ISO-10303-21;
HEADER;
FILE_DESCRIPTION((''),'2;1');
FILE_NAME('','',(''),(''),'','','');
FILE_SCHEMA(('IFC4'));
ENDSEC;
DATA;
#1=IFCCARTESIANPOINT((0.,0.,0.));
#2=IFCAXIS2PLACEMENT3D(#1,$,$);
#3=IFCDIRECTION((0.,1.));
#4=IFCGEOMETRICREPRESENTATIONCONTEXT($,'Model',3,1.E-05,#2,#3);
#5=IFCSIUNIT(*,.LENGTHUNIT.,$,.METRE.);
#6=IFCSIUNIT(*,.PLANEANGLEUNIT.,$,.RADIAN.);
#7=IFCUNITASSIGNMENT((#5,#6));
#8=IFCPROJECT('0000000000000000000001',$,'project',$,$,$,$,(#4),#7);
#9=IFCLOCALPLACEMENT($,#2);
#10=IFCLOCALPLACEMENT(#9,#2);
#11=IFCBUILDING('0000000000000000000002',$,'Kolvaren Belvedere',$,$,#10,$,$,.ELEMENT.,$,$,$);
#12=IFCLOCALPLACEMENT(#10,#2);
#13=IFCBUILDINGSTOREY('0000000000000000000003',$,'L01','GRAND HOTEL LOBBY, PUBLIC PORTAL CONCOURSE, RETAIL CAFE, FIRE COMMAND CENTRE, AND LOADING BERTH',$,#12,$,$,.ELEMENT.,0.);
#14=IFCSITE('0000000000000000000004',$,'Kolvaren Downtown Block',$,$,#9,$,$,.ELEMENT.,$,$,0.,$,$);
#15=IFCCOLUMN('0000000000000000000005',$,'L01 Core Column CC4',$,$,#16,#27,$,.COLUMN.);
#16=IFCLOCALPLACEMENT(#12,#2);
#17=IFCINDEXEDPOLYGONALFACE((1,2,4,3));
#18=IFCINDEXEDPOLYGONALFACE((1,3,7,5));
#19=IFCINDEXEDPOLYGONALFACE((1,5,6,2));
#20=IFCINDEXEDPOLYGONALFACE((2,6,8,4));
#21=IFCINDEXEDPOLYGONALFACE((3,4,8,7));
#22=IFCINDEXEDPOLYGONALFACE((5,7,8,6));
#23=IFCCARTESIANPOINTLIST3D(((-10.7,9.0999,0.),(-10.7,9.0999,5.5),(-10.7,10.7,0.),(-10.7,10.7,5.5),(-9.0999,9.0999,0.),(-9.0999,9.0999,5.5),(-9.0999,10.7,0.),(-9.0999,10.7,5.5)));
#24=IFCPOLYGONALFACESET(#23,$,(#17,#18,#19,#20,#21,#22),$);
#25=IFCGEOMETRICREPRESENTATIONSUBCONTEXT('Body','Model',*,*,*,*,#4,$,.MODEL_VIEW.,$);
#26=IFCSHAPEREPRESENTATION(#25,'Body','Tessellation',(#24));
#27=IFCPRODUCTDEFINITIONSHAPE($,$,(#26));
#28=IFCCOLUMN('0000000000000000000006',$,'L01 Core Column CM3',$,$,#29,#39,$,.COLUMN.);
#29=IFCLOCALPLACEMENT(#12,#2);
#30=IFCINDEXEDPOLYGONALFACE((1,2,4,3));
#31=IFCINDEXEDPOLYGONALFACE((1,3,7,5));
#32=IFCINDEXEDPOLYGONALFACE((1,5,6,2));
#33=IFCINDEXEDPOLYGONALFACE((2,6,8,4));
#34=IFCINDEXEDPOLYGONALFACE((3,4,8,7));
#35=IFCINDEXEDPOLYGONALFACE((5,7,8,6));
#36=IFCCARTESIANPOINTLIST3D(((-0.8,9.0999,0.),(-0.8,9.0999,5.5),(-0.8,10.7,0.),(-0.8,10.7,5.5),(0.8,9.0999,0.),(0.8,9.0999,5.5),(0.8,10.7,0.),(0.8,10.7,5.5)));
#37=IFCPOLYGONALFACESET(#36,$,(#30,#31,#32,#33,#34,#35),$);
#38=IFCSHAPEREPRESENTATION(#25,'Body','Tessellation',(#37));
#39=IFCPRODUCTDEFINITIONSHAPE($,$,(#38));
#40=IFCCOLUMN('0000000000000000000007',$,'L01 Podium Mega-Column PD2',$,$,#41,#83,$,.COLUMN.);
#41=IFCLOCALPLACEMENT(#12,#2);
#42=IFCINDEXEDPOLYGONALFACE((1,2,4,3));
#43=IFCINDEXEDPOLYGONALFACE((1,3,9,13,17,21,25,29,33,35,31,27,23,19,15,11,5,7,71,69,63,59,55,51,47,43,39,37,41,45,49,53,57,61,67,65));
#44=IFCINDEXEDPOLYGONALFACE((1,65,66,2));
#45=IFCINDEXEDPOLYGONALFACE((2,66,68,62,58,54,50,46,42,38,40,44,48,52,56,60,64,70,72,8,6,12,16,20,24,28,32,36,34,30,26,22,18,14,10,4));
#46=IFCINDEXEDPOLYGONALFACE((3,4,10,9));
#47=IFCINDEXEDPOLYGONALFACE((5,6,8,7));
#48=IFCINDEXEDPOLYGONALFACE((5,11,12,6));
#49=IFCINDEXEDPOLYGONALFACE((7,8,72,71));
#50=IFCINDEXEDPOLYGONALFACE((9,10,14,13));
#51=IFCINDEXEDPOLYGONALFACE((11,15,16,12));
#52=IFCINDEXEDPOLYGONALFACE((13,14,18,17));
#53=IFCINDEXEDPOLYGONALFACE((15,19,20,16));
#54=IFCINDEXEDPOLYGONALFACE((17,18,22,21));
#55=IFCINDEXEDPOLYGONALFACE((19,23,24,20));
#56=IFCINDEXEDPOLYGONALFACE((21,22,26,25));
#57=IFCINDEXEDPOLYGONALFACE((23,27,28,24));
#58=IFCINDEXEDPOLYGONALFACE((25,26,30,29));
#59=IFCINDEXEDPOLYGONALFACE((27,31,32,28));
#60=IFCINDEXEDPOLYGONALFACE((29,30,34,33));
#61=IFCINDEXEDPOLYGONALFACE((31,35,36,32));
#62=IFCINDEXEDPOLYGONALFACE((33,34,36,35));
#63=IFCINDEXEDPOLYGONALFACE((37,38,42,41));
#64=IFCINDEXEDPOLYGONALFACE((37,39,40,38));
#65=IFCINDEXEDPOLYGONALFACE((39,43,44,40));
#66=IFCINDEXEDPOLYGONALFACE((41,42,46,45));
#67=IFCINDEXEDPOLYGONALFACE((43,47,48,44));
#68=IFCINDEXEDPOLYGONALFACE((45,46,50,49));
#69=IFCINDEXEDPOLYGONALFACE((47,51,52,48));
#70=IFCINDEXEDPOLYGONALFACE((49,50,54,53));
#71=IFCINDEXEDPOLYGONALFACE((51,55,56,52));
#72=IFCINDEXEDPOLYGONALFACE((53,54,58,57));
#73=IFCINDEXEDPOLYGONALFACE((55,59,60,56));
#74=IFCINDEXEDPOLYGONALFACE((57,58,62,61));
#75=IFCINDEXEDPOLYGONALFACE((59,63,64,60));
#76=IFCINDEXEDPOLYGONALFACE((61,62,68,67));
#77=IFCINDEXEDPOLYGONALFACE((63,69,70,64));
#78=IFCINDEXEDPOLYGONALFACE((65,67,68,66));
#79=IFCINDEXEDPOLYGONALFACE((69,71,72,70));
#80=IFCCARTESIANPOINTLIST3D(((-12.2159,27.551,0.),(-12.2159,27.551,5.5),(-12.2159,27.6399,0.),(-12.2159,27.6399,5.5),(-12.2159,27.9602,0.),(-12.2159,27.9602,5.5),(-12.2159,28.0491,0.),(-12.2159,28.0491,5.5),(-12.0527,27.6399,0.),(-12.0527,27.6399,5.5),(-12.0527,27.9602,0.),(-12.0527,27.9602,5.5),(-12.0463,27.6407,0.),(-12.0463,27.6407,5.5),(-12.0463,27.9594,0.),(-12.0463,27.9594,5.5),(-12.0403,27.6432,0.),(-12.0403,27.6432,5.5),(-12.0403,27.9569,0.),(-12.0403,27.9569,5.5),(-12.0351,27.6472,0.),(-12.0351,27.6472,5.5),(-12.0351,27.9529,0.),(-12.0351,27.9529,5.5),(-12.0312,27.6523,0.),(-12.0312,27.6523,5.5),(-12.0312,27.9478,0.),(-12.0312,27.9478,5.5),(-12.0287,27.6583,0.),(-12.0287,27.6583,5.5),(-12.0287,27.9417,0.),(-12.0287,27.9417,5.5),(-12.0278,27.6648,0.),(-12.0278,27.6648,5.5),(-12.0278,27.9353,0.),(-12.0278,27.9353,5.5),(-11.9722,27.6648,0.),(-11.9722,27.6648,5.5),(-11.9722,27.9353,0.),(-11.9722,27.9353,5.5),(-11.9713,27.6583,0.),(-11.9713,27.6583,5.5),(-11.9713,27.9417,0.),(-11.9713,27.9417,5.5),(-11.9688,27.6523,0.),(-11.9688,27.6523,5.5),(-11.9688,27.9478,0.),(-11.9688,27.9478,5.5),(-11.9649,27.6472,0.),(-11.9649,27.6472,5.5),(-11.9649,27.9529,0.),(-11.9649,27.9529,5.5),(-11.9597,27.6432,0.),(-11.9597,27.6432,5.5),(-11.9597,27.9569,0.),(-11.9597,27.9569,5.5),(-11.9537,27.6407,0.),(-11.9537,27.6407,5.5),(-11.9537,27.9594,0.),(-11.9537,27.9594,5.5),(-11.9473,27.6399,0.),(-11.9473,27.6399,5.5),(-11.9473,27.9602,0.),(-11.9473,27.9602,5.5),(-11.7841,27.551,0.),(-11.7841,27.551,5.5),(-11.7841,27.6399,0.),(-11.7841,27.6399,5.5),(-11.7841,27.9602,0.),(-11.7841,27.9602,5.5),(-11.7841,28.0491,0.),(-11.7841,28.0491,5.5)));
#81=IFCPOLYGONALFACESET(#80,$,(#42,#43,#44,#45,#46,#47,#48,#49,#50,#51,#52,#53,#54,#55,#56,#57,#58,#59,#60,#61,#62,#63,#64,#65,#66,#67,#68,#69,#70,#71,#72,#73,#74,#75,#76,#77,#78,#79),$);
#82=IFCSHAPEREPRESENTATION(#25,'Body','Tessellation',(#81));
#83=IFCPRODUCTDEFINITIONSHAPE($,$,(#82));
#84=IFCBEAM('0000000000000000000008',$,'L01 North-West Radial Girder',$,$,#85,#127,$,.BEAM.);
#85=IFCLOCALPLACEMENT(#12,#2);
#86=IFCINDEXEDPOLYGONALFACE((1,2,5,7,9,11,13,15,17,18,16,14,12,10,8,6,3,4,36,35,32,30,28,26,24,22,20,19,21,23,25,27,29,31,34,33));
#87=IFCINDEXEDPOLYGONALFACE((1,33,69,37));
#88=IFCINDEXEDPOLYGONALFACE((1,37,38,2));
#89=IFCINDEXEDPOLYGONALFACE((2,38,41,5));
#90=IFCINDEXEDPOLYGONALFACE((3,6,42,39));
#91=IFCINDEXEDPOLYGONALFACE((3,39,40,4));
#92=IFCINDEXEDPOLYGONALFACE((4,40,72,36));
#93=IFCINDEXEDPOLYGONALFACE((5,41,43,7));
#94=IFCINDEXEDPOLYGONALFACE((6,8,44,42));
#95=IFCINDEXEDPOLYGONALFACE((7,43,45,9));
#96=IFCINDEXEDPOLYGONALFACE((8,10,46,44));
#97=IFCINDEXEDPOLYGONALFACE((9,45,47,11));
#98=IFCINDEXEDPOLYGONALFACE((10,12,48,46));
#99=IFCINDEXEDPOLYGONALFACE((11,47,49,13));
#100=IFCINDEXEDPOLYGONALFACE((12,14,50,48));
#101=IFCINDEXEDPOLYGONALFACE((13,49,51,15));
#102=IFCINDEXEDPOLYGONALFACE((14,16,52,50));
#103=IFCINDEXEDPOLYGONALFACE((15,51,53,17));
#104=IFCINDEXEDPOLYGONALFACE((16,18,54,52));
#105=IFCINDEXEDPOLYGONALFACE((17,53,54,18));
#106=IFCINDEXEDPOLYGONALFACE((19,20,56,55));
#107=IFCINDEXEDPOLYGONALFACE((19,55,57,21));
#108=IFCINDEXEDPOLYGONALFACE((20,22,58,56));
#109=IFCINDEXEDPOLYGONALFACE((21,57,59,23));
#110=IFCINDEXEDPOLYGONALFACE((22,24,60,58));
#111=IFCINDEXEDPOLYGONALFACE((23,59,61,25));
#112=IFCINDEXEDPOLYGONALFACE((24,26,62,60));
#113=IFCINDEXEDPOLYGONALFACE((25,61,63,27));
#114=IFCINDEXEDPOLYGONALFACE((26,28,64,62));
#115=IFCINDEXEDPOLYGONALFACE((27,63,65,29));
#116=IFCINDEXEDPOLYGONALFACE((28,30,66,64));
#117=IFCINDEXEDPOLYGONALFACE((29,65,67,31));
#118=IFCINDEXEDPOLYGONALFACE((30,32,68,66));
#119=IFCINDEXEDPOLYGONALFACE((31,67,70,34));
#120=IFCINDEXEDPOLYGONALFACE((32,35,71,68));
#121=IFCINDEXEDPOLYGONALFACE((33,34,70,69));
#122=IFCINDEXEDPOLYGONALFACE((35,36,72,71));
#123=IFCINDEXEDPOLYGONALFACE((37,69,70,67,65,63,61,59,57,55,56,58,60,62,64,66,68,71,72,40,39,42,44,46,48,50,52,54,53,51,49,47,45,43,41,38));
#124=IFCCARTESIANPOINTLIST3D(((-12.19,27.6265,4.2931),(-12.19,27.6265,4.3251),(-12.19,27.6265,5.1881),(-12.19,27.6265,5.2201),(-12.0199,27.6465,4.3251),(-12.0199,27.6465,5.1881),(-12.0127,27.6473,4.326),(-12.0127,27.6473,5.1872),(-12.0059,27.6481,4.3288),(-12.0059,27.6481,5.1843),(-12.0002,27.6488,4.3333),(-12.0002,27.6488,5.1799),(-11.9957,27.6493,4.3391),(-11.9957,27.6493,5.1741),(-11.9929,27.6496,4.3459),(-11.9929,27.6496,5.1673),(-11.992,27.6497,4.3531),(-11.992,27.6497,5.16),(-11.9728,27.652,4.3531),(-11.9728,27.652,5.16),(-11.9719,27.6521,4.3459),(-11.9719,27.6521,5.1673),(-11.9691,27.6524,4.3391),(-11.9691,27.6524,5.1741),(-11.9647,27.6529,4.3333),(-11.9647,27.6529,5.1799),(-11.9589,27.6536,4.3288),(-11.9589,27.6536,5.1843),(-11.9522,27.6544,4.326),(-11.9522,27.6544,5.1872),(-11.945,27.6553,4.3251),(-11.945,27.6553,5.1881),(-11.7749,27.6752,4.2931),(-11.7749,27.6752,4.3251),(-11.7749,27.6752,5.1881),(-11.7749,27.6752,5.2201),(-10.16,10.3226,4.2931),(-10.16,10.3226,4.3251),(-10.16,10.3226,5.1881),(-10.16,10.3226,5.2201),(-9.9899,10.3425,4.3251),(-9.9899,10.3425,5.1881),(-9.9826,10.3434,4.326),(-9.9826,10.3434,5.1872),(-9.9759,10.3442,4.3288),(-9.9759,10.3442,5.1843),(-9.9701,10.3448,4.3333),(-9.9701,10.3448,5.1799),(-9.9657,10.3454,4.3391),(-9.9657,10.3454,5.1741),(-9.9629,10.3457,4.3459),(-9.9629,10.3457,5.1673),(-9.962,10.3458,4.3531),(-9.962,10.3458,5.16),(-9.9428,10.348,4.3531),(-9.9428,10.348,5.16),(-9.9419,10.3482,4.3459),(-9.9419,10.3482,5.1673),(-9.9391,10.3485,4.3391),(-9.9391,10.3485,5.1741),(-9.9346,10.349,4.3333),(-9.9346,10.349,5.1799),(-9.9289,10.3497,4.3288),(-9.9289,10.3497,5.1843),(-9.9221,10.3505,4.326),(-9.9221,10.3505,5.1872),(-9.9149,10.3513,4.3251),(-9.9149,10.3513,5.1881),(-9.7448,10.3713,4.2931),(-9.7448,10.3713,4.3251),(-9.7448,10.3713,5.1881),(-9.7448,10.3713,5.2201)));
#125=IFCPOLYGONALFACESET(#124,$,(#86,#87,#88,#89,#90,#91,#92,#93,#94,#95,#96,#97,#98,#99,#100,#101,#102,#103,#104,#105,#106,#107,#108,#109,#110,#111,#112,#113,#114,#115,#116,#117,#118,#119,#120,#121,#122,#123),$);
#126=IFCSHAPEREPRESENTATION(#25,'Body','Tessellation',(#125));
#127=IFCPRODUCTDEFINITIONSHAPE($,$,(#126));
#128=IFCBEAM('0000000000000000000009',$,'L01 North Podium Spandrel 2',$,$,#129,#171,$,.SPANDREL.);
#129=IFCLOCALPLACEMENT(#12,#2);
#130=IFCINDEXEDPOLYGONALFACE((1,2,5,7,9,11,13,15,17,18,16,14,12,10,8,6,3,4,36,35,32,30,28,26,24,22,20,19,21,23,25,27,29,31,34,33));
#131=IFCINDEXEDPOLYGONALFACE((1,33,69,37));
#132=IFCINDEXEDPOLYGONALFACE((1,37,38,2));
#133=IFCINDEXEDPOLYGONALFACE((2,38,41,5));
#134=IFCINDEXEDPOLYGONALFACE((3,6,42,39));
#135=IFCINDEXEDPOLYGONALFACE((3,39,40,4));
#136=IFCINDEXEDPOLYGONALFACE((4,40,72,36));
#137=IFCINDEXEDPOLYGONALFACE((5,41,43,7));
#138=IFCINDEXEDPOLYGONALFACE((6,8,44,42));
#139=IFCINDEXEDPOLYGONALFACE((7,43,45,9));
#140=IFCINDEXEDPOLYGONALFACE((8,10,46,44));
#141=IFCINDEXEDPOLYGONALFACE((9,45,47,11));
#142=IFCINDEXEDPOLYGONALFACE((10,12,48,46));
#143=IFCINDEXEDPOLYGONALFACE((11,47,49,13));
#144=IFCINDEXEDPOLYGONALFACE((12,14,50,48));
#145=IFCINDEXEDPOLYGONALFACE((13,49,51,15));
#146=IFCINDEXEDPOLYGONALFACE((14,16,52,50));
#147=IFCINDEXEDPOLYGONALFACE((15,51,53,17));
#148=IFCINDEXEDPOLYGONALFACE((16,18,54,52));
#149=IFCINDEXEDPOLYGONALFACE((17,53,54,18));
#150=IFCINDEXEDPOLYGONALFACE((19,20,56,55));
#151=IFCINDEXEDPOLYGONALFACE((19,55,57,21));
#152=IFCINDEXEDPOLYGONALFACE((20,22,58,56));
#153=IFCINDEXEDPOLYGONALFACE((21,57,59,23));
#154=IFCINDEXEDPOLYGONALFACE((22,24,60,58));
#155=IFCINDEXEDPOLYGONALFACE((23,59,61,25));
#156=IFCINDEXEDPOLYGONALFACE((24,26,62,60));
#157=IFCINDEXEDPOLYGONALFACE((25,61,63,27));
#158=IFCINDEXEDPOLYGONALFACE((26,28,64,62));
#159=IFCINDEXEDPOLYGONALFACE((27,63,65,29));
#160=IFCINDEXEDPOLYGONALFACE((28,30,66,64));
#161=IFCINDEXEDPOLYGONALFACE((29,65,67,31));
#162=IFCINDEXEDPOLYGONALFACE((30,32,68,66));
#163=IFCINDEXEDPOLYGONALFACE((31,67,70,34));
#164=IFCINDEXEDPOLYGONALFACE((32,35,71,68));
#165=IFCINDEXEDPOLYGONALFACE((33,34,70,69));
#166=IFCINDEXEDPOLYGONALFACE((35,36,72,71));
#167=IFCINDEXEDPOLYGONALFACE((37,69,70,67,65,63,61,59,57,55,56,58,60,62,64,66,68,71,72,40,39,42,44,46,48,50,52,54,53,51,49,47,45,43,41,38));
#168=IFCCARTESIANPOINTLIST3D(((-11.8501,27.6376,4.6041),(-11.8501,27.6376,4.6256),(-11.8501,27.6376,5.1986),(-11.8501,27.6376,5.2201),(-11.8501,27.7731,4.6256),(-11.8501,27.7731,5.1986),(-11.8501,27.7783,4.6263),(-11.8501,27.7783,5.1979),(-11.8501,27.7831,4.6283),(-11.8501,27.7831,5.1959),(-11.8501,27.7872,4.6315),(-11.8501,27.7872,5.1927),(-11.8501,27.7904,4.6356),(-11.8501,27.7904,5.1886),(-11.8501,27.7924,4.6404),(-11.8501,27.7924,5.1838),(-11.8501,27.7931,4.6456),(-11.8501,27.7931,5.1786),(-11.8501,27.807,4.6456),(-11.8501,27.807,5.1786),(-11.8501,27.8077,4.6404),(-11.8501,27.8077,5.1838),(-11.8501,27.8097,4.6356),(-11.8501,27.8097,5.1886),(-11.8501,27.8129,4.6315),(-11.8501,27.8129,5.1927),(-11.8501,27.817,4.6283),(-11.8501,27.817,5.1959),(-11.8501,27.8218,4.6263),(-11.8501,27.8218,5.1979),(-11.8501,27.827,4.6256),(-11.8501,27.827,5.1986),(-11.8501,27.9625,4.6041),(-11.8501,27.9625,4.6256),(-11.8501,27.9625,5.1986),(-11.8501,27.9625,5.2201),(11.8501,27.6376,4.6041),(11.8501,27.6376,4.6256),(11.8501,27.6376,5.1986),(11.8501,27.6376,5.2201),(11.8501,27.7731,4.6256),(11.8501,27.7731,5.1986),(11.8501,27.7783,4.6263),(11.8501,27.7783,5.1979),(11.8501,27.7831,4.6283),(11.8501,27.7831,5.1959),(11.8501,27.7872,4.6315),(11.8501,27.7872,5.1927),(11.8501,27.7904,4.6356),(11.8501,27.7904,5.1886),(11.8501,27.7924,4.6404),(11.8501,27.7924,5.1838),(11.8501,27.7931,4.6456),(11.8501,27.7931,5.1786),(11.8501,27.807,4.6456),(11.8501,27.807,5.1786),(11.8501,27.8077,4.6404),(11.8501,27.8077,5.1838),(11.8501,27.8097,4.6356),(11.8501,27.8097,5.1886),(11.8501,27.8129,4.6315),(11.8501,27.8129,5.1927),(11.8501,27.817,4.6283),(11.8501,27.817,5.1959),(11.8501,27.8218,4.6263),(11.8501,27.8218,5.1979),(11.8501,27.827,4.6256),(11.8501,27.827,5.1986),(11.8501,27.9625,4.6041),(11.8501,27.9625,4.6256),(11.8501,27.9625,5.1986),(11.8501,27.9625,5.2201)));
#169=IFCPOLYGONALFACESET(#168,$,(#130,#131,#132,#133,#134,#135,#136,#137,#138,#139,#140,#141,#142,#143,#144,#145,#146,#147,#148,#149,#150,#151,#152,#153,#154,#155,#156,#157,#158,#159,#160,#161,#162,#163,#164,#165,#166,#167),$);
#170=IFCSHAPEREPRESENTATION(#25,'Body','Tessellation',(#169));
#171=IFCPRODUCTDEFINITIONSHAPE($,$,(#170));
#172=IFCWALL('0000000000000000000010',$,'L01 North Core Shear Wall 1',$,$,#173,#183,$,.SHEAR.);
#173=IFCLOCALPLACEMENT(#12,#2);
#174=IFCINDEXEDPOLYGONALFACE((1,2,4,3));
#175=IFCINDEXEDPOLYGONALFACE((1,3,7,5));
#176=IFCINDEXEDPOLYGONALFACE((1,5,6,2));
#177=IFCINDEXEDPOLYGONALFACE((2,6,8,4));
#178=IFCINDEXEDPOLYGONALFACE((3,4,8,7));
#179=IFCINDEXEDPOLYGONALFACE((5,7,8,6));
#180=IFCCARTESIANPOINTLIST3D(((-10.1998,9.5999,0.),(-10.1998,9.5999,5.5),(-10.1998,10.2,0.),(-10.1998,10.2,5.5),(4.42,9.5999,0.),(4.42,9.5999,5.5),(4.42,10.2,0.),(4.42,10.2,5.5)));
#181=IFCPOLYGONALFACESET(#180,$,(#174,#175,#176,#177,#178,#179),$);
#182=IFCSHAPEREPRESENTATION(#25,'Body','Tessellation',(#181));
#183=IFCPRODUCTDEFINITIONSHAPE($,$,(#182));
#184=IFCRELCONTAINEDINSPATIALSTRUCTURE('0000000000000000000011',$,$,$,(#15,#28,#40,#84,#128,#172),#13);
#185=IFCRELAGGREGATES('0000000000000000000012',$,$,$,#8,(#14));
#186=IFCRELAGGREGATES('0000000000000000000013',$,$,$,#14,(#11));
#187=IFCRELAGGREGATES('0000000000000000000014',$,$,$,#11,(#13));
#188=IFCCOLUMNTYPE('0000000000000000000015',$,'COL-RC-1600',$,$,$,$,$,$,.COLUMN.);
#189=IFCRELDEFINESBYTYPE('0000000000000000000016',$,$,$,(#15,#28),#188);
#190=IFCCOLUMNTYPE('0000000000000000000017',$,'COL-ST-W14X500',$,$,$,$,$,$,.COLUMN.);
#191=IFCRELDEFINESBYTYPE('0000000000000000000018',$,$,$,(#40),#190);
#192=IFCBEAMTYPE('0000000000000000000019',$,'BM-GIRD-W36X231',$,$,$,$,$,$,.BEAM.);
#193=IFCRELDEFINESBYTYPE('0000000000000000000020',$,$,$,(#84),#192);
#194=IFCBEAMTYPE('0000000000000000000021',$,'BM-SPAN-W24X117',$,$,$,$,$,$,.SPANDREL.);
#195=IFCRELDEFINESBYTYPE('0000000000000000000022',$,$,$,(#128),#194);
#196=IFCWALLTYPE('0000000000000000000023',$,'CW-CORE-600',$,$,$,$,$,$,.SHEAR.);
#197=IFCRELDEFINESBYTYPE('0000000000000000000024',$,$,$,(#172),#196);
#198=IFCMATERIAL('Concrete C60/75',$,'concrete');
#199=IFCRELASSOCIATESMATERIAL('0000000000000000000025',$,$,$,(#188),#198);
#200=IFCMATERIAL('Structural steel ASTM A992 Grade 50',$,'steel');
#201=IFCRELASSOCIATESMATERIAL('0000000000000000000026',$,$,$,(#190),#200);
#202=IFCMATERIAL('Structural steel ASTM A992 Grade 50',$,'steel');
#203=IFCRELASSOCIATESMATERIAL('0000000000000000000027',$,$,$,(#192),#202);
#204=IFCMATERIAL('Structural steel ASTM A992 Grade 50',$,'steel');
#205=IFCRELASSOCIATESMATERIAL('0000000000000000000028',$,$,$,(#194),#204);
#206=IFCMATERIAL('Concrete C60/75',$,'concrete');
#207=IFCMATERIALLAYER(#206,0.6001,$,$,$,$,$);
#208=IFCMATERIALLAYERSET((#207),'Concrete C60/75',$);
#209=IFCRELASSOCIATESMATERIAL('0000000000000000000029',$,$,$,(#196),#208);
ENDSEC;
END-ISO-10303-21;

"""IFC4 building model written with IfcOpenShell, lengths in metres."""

from ifc_helpers import new_model, si_unit, direction, frame, frame_2d, origin, origin_2d, place, context, subcontext, project, spatial, rectangle, i_section, extrude, material, layer, layer_set, material_profile, profile_set, type_object, element, save


model = new_model("IFC4")

# Units and contexts
model_context = context("Model", 3, precision=1e-05, world=origin(), true_north=direction((0.0, 1.0)))
body_context = subcontext(model_context, "Body", "Model", "MODEL_VIEW")
ifc_project = project(units=[si_unit("LENGTHUNIT", "METRE"), si_unit("PLANEANGLEUNIT", "RADIAN")], contexts=[model_context])

# Site, building, storey
site_placement = place(None, origin())
site = spatial("IfcSite", under=ifc_project, at=site_placement, Name="Kolvaren Downtown Block", CompositionType="ELEMENT", RefElevation=0.0)
building_placement = place(site_placement, origin())
building = spatial("IfcBuilding", under=site, at=building_placement, Name="Kolvaren Belvedere", CompositionType="ELEMENT")
storey_placement = place(building_placement, origin())
storey = spatial("IfcBuildingStorey", under=building, at=storey_placement, Name="L01", Description="GRAND HOTEL LOBBY, PUBLIC PORTAL CONCOURSE, RETAIL CAFE, FIRE COMMAND CENTRE, AND LOADING BERTH", CompositionType="ELEMENT", Elevation=0.0)

# Columns
ifc_material_1 = material(Name="Concrete C60/75", Category="concrete")
ifc_material_profile_1 = material_profile(ifc_material_1, rectangle(XDim=1.6001, YDim=1.6001, at=origin_2d()), Name="RC 1600X1600")
ifc_profile_set_1 = profile_set([ifc_material_profile_1], Name="Concrete C60/75")
column_type_1 = type_object("IfcColumnType", Name="COL-RC-1600", PredefinedType="COLUMN", material=ifc_profile_set_1)
for number, where, z_axis, x_axis, name in (
    (1, (-9.8999, 9.8999, 0.0), (0.0, 0.0, 1.0), (1.0, 0.0, 0.0), "L01 Core Column CC4"),
    (2, (0.0, 9.8999, 0.0), (0.0, 0.0, 1.0), (1.0, 0.0, 0.0), "L01 Core Column CM3"),
):
    element("IfcColumn", number, at=place(storey_placement, frame(where, z_axis=z_axis, x_axis=x_axis)), inside=storey, type_object=column_type_1, Name=name, PredefinedType="COLUMN", context=body_context, shape_type="SweptSolid", body=[
        extrude(rectangle(XDim=1.6001, YDim=1.6001, at=origin_2d()), origin(), (0.0, 0.0, 1.0), 5.5),
    ])
ifc_material_2 = material(Name="Structural steel ASTM A992 Grade 50", Category="steel")
ifc_material_profile_2 = material_profile(ifc_material_2, i_section(OverallWidth=0.4319, OverallDepth=0.498, WebThickness=0.0557, FlangeThickness=0.0889, FilletRadius=0.0249, at=origin_2d()), Name="W14X500")
ifc_profile_set_2 = profile_set([ifc_material_profile_2], Name="Structural steel ASTM A992 Grade 50")
column_type_2 = type_object("IfcColumnType", Name="COL-ST-W14X500", PredefinedType="COLUMN", material=ifc_profile_set_2)
column_placement = place(storey_placement, frame((-12.0, 27.8, 0.0), z_axis=(0.0, 0.0, 1.0), x_axis=(1.0, 0.0, 0.0)))
element("IfcColumn", 3, at=column_placement, inside=storey, type_object=column_type_2, Name="L01 Podium Mega-Column PD2", PredefinedType="COLUMN", context=body_context, shape_type="SweptSolid", body=[
    extrude(i_section(OverallWidth=0.4319, OverallDepth=0.498, WebThickness=0.0557, FlangeThickness=0.0889, FilletRadius=0.0249, at=origin_2d()), origin(), (0.0, 0.0, 1.0), 5.5),
])

# Beams
ifc_material_3 = material(Name="Structural steel ASTM A992 Grade 50", Category="steel")
ifc_material_profile_3 = material_profile(ifc_material_3, i_section(OverallWidth=0.418, OverallDepth=0.927, WebThickness=0.0193, FlangeThickness=0.032, FilletRadius=0.0281, at=origin_2d()), Name="W36X231")
ifc_profile_set_3 = profile_set([ifc_material_profile_3], Name="Structural steel ASTM A992 Grade 50")
beam_type_1 = type_object("IfcBeamType", Name="BM-GIRD-W36X231", PredefinedType="BEAM", material=ifc_profile_set_3)
beam_1_placement = place(storey_placement, frame((-9.9524, 10.3469, 4.7566), z_axis=(-0.116517, 0.993189, 0.0), x_axis=(-0.993189, -0.116517, 0.0)))
element("IfcBeam", 4, at=beam_1_placement, inside=storey, type_object=beam_type_1, Name="L01 North-West Radial Girder", PredefinedType="BEAM", context=body_context, shape_type="SweptSolid", body=[
    extrude(i_section(OverallWidth=0.418, OverallDepth=0.927, WebThickness=0.0193, FlangeThickness=0.032, FilletRadius=0.0281, at=origin_2d()), origin(), (0.0, 0.0, 1.0), 17.4226),
])
ifc_material_4 = material(Name="Structural steel ASTM A992 Grade 50", Category="steel")
ifc_material_profile_4 = material_profile(ifc_material_4, i_section(OverallWidth=0.325, OverallDepth=0.616, WebThickness=0.0139, FlangeThickness=0.0215, FilletRadius=0.02, at=origin_2d()), Name="W24X117")
ifc_profile_set_4 = profile_set([ifc_material_profile_4], Name="Structural steel ASTM A992 Grade 50")
beam_type_2 = type_object("IfcBeamType", Name="BM-SPAN-W24X117", PredefinedType="SPANDREL", material=ifc_profile_set_4)
beam_2_placement = place(storey_placement, frame((-11.8501, 27.8, 4.9121), z_axis=(1.0, 0.0, 0.0), x_axis=(0.0, 1.0, 0.0)))
element("IfcBeam", 5, at=beam_2_placement, inside=storey, type_object=beam_type_2, Name="L01 North Podium Spandrel 2", PredefinedType="SPANDREL", context=body_context, shape_type="SweptSolid", body=[
    extrude(i_section(OverallWidth=0.325, OverallDepth=0.616, WebThickness=0.0139, FlangeThickness=0.0215, FilletRadius=0.02, at=origin_2d()), origin(), (0.0, 0.0, 1.0), 23.7002),
])

# Wall
ifc_material_5 = material(Name="Concrete C60/75", Category="concrete")
ifc_layer_1 = layer(ifc_material_5, 0.6001)
ifc_layer_set_1 = layer_set([ifc_layer_1], Name="Concrete C60/75")
wall_type_1 = type_object("IfcWallType", Name="CW-CORE-600", PredefinedType="SHEAR", material=ifc_layer_set_1)
wall_1_placement = place(storey_placement, frame((-10.2, 9.8999, 0.0), z_axis=(0.0, 0.0, 1.0), x_axis=(1.0, 0.0, 0.0)))
element("IfcWall", 6, at=wall_1_placement, inside=storey, type_object=wall_type_1, Name="L01 North Core Shear Wall 1", PredefinedType="SHEAR", context=body_context, shape_type="SweptSolid", body=[
    extrude(rectangle(XDim=14.6199, YDim=0.6001, at=frame_2d((7.3101, 0.0))), origin(), (0.0, 0.0, 1.0), 5.5),
])

save(model, "model.ifc")
